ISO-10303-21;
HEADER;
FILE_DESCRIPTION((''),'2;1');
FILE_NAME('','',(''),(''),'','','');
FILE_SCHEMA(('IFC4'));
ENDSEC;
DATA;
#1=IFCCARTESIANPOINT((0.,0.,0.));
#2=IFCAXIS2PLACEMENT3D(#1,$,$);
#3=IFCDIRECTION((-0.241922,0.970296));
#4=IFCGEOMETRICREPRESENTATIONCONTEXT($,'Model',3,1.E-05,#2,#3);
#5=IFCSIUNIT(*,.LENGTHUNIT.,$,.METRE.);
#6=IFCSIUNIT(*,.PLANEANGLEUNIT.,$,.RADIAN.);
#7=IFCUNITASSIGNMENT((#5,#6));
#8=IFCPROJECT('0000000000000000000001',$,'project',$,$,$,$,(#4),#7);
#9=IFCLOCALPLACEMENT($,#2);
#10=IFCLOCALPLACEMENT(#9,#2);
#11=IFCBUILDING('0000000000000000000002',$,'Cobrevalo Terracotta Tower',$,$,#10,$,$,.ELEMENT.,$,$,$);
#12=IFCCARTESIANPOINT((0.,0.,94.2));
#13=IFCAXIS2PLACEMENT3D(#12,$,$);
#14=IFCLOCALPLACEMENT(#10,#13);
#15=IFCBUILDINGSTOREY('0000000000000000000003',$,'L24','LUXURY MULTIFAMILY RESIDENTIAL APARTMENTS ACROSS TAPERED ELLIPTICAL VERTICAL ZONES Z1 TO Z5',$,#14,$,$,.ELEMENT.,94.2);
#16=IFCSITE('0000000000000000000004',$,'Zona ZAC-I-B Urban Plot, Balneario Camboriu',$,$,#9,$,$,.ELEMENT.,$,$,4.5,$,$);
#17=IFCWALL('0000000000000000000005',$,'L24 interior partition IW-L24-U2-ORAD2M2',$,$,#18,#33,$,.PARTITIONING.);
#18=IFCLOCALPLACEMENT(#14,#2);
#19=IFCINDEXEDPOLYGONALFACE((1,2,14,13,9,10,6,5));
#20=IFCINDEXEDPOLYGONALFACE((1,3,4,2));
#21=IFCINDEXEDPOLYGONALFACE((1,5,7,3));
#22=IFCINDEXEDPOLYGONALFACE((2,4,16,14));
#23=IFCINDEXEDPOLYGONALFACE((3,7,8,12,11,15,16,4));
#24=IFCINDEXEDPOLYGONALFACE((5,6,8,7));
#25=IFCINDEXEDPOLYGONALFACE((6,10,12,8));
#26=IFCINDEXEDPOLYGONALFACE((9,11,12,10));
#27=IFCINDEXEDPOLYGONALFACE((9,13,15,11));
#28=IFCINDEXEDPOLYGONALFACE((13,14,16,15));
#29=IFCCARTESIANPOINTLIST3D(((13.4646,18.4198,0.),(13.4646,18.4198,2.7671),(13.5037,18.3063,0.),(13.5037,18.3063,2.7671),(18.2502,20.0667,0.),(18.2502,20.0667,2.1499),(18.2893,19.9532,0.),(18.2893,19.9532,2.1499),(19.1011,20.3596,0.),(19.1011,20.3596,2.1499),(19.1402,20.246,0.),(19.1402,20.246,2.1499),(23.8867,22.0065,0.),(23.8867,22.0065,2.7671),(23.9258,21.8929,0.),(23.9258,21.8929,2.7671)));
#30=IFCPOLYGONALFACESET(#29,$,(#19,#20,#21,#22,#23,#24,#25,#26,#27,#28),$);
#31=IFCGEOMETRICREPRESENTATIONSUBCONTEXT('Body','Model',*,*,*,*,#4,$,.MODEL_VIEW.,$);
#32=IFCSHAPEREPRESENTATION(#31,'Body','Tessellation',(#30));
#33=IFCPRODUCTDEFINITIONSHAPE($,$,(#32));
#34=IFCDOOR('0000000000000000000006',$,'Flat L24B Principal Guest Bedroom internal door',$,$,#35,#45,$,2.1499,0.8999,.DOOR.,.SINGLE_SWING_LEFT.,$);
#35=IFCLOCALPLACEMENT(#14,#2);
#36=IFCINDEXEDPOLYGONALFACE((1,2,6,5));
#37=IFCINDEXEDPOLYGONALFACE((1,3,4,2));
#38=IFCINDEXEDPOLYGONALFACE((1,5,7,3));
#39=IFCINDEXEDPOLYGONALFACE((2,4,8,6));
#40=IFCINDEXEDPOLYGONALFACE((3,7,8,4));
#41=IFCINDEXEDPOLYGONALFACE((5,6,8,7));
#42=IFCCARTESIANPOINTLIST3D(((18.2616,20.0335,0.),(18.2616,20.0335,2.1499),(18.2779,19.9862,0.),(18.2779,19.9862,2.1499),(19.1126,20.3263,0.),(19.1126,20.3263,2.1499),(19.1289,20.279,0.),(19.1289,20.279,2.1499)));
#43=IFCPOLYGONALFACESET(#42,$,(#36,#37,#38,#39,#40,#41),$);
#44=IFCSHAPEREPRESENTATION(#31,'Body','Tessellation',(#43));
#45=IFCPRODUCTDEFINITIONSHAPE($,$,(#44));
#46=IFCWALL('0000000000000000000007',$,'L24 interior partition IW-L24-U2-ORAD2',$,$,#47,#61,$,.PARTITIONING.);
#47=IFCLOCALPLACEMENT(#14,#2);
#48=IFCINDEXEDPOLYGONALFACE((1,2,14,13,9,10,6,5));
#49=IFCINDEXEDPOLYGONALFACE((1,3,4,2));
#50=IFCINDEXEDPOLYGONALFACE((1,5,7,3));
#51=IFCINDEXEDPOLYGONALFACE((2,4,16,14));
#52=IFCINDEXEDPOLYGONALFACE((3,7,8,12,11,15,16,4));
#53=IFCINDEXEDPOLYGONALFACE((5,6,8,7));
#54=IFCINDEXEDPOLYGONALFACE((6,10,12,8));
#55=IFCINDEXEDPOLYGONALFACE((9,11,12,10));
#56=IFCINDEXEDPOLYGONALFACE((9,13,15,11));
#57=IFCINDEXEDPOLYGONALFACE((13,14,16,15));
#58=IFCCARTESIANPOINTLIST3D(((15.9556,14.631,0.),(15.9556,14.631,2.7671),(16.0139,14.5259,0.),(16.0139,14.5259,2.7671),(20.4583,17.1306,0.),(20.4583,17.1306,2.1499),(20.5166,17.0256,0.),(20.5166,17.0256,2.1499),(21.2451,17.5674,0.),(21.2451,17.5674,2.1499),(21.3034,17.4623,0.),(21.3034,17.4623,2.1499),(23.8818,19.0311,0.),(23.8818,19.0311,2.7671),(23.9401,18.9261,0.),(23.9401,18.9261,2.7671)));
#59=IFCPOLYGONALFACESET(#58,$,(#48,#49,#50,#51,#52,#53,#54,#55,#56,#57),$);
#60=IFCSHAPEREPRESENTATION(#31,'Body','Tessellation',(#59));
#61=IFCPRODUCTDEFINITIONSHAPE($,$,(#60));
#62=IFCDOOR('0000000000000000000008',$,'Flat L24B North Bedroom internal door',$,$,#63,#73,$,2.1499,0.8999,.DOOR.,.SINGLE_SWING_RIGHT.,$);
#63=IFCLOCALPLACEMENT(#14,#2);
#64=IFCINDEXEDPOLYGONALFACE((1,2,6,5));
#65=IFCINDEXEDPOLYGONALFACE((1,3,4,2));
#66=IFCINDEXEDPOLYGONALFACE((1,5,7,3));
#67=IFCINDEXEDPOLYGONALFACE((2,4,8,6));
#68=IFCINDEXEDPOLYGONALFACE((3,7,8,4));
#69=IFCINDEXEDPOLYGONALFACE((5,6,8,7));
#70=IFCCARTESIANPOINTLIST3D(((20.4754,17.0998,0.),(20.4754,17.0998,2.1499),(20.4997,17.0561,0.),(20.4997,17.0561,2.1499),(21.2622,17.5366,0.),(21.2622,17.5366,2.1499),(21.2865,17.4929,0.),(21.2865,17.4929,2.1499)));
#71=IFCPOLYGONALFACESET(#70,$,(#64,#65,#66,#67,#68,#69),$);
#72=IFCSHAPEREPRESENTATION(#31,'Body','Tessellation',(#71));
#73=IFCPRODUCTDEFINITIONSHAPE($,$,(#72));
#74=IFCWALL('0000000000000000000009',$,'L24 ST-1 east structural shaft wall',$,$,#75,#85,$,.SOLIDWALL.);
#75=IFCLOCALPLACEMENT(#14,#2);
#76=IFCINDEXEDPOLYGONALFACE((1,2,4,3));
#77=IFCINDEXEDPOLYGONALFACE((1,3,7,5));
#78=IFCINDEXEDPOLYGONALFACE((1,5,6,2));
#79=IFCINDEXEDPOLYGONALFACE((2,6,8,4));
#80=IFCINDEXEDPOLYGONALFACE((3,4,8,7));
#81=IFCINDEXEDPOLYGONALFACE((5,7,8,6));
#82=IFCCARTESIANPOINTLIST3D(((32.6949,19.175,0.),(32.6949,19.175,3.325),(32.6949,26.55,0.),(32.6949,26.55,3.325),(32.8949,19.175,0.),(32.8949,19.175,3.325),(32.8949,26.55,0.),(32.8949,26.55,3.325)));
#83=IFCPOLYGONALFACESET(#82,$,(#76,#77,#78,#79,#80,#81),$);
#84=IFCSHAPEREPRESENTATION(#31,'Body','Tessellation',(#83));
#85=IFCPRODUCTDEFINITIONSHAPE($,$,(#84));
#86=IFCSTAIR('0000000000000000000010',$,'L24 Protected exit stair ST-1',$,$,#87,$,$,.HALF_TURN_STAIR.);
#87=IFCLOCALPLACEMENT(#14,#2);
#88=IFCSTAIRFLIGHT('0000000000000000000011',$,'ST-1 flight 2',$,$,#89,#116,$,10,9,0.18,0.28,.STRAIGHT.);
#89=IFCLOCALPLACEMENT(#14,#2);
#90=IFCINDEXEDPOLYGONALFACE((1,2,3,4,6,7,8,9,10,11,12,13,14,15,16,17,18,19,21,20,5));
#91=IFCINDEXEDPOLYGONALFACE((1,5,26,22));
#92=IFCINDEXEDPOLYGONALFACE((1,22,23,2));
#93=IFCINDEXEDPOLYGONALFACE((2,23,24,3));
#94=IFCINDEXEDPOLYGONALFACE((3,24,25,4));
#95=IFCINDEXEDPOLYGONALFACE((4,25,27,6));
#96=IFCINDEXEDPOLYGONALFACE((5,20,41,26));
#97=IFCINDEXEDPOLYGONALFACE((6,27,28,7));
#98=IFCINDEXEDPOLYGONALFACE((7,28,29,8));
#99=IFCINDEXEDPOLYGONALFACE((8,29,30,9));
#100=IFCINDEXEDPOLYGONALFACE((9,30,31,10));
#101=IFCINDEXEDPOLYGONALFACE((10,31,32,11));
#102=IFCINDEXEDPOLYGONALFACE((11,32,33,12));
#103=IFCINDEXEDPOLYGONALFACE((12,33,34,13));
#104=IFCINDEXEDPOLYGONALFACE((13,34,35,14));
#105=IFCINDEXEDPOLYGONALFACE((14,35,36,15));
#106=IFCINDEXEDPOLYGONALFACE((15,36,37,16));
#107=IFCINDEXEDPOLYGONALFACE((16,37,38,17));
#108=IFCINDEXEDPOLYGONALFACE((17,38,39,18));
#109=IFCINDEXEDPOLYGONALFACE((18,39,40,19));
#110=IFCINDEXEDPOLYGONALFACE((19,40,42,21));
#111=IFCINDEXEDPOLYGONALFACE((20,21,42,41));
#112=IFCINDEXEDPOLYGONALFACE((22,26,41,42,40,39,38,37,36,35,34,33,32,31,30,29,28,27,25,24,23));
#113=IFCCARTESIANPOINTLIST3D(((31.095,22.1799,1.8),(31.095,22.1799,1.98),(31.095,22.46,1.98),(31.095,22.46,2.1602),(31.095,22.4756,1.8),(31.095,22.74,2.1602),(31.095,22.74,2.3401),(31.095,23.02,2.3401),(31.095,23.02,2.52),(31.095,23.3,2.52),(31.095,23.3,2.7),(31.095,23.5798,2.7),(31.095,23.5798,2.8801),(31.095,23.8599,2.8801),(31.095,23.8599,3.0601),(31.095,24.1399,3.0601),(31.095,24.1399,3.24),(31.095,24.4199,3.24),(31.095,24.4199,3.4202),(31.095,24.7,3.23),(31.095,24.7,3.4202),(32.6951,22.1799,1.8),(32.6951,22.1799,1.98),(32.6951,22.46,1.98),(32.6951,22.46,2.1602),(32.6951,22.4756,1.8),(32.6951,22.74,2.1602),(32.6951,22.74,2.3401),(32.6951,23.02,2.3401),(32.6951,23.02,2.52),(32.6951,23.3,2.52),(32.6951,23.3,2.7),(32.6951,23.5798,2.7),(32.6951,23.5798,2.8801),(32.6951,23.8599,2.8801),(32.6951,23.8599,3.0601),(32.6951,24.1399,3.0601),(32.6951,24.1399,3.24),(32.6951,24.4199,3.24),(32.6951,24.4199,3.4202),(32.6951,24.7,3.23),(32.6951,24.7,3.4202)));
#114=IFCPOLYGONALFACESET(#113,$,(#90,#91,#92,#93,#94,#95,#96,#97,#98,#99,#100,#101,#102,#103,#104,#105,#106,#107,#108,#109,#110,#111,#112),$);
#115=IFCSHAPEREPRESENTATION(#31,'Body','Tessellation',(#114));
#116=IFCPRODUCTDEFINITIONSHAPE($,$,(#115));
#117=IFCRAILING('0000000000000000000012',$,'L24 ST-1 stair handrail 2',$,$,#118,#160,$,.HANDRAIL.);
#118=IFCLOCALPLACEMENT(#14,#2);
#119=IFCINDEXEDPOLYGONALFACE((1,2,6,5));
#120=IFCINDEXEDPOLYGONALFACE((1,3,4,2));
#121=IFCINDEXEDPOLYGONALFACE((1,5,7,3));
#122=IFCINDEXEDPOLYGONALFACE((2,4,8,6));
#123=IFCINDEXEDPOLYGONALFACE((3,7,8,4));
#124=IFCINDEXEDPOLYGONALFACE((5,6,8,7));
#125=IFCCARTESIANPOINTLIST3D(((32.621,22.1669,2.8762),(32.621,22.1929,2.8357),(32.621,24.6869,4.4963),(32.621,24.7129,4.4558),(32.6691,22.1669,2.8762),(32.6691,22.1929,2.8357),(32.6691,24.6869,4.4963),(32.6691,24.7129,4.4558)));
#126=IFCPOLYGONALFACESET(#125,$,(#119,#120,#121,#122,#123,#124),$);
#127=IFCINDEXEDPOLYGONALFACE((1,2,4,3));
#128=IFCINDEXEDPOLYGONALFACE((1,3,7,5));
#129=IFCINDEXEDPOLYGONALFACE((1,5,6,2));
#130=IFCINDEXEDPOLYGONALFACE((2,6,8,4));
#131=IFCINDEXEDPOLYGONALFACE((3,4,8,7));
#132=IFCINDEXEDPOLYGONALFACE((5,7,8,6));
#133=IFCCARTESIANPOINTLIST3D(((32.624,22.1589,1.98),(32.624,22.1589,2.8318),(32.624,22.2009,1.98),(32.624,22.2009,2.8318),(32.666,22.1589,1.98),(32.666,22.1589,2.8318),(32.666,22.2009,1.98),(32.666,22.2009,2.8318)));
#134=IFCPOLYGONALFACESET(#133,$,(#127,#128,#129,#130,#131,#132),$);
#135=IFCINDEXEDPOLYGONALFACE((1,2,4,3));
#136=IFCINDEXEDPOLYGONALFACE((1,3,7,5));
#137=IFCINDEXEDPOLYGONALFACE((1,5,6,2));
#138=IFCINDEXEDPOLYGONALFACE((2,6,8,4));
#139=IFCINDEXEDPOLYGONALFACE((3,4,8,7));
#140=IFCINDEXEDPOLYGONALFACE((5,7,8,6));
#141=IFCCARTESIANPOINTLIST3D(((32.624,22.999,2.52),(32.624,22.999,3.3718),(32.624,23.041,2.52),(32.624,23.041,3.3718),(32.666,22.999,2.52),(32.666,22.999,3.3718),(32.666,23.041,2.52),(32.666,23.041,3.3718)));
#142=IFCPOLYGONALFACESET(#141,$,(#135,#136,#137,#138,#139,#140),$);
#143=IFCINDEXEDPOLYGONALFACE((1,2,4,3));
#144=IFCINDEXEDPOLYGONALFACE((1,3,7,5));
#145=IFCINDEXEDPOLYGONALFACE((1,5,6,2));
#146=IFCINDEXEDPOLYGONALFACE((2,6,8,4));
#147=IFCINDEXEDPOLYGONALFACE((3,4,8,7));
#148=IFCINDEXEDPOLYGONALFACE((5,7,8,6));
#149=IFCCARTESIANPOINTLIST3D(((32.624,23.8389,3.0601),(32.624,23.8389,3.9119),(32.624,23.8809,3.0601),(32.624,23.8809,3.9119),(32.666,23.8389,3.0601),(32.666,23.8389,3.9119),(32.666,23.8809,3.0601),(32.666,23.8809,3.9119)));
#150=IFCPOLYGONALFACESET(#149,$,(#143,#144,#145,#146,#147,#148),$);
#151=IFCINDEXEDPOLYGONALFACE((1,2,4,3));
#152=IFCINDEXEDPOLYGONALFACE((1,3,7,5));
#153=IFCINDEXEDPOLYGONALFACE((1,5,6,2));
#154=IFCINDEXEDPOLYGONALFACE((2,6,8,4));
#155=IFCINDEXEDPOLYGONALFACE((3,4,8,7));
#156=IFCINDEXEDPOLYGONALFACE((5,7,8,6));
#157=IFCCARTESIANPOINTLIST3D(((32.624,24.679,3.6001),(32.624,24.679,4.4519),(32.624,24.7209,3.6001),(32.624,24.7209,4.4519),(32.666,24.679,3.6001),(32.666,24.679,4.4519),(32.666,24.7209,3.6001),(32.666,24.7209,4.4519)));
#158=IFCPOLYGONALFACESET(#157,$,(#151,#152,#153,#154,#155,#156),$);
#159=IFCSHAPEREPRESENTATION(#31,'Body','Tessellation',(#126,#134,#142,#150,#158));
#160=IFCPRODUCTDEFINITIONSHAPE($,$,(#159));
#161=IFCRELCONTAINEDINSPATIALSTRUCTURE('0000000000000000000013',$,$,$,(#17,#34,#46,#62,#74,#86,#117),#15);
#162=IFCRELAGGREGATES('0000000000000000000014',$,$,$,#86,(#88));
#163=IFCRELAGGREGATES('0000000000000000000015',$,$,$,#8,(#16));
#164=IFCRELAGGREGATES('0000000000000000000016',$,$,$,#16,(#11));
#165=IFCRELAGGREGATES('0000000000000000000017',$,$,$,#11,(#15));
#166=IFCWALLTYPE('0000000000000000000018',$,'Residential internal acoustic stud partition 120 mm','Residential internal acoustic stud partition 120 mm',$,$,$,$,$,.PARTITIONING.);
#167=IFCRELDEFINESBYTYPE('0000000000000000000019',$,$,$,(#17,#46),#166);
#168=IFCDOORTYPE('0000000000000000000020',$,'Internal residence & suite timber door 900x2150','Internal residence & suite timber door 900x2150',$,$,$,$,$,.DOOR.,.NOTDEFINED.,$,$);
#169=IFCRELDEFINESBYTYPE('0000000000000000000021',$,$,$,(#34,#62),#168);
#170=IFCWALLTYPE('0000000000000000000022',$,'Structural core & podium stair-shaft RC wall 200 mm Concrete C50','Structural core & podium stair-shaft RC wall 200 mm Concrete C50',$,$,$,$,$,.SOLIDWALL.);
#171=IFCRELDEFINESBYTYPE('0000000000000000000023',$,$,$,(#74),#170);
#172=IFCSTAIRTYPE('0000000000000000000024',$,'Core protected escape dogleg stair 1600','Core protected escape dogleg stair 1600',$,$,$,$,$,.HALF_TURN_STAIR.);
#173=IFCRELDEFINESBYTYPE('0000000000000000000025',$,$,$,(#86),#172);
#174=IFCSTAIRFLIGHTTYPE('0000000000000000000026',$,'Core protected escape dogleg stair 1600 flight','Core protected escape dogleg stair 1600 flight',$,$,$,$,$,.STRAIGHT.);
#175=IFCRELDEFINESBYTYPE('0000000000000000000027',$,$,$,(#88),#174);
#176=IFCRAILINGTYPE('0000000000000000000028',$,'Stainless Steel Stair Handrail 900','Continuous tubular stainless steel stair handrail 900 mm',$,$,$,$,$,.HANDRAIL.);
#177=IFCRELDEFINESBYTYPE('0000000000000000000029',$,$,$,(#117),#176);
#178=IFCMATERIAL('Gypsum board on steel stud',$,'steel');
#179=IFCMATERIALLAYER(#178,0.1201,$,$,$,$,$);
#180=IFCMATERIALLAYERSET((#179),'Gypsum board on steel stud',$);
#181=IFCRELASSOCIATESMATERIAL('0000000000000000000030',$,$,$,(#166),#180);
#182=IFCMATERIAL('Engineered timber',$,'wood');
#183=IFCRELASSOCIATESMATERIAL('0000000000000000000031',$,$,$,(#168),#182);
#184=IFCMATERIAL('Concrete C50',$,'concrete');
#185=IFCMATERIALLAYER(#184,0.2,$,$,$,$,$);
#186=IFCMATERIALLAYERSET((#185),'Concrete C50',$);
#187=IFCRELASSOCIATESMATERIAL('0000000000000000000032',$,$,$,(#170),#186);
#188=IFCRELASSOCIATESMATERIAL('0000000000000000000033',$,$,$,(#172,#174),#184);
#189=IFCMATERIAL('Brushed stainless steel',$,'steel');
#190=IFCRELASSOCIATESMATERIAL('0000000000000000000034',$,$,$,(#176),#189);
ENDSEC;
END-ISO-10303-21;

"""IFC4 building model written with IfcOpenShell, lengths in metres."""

from ifc_helpers import new_model, si_unit, direction, frame, frame_2d, origin, origin_2d, place, context, subcontext, project, spatial, polyline, rectangle, outline, extrude, source, transform, mapped, material, layer, layer_set, type_object, element, fill, aggregate, save


model = new_model("IFC4")

# Units and contexts
model_context = context("Model", 3, precision=1e-05, world=origin(), true_north=direction((-0.241922, 0.970296)))
body_context = subcontext(model_context, "Body", "Model", "MODEL_VIEW")
ifc_project = project(units=[si_unit("LENGTHUNIT", "METRE"), si_unit("PLANEANGLEUNIT", "RADIAN")], contexts=[model_context])

# Site, building, storey
site_placement = place(None, origin())
site = spatial("IfcSite", under=ifc_project, at=site_placement, Name="Zona ZAC-I-B Urban Plot, Balneario Camboriu", CompositionType="ELEMENT", RefElevation=4.5)
building_placement = place(site_placement, origin())
building = spatial("IfcBuilding", under=site, at=building_placement, Name="Cobrevalo Terracotta Tower", CompositionType="ELEMENT")
storey_placement = place(building_placement, frame((0.0, 0.0, 94.2)))
storey = spatial("IfcBuildingStorey", under=building, at=storey_placement, Name="L24", Description="LUXURY MULTIFAMILY RESIDENTIAL APARTMENTS ACROSS TAPERED ELLIPTICAL VERTICAL ZONES Z1 TO Z5", CompositionType="ELEMENT", Elevation=94.2)

# Shared definitions
ifc_material_1 = material(Name="Gypsum board on steel stud", Category="steel")

# Walls, openings, doors
ifc_layer_1 = layer(ifc_material_1, 0.1201)
ifc_layer_set_1 = layer_set([ifc_layer_1], Name="Gypsum board on steel stud")
wall_type_1 = type_object("IfcWallType", Name="Residential internal acoustic stud partition 120 mm", Description="Residential internal acoustic stud partition 120 mm", PredefinedType="PARTITIONING", material=ifc_layer_set_1)
wall_1_placement = place(storey_placement, frame((23.9062, 21.9497, 0.0), z_axis=(0.0, 0.0, 1.0), x_axis=(-0.945573, -0.32541, 0.0)))
wall_1 = element("IfcWall", 1, at=wall_1_placement, inside=storey, type_object=wall_type_1, Name="L24 interior partition IW-L24-U2-ORAD2M2", PredefinedType="PARTITIONING", context=body_context, shape_type="SweptSolid", body=[
    extrude(rectangle(XDim=11.022, YDim=0.1201, at=frame_2d((5.511, 0.0))), origin(), (0.0, 0.0, 1.0), 2.7671),
])
opening_1_placement = place(wall_1_placement, frame((5.061, 0.0, 0.0)))
opening_1 = element("IfcOpeningElement", 2, at=opening_1_placement, cuts=wall_1, PredefinedType="OPENING", context=body_context, shape_type="SweptSolid", body=[
    extrude(rectangle(XDim=0.8999, YDim=2.1499, at=frame_2d((0.45, 1.075))), frame((0.0, 0.0701, 0.0), z_axis=(0.0, -1.0, 0.0), x_axis=(1.0, 0.0, 0.0)), (0.0, 0.0, 1.0), 0.1401),
])
ifc_material_2 = material(Name="Engineered timber", Category="wood")
door_type_1 = type_object("IfcDoorType", Name="Internal residence & suite timber door 900x2150", Description="Internal residence & suite timber door 900x2150", OperationType="NOTDEFINED", PredefinedType="DOOR", material=ifc_material_2)
shared_shape_1 = source(origin(), body_context, "Body", "SweptSolid", [
    extrude(rectangle(XDim=0.8999, YDim=2.1499, at=frame_2d((0.45, 1.075))), frame((0.0, 0.0249, 0.0), z_axis=(0.0, -1.0, 0.0), x_axis=(1.0, 0.0, 0.0)), (0.0, 0.0, 1.0), 0.05),
])
door_1_placement = place(opening_1_placement, frame((0.8999, 0.0, 0.0), z_axis=(0.0, 0.0, 1.0), x_axis=(-1.0, 0.0, 0.0)))
door_1 = element("IfcDoor", 3, at=door_1_placement, inside=storey, type_object=door_type_1, Name="Flat L24B Principal Guest Bedroom internal door", OperationType="SINGLE_SWING_LEFT", OverallHeight=2.1499, OverallWidth=0.8999, PredefinedType="DOOR", context=body_context, shape_type="MappedRepresentation", body=[
    mapped(shared_shape_1, transform((0.0, 0.0, 0.0), scale=1.0)),
])
fill(opening_1, door_1)
wall_2_placement = place(storey_placement, frame((23.9109, 18.9785, 0.0), z_axis=(0.0, 0.0, 1.0), x_axis=(-0.874313, -0.485362, 0.0)))
wall_2 = element("IfcWall", 4, at=wall_2_placement, inside=storey, type_object=wall_type_1, Name="L24 interior partition IW-L24-U2-ORAD2", PredefinedType="PARTITIONING", context=body_context, shape_type="SweptSolid", body=[
    extrude(rectangle(XDim=9.0657, YDim=0.1201, at=frame_2d((4.5327, 0.0))), origin(), (0.0, 0.0, 1.0), 2.7671),
])
opening_2_placement = place(wall_2_placement, frame((3.0156, 0.0, 0.0)))
opening_2 = element("IfcOpeningElement", 5, at=opening_2_placement, cuts=wall_2, PredefinedType="OPENING", context=body_context, shape_type="SweptSolid", body=[
    extrude(rectangle(XDim=0.8999, YDim=2.1499, at=frame_2d((0.45, 1.075))), frame((0.0, 0.0701, 0.0), z_axis=(0.0, -1.0, 0.0), x_axis=(1.0, 0.0, 0.0)), (0.0, 0.0, 1.0), 0.1401),
])
door_2_placement = place(opening_2_placement, frame((0.8999, 0.0, 0.0), z_axis=(0.0, 0.0, 1.0), x_axis=(-1.0, 0.0, 0.0)))
door_2 = element("IfcDoor", 6, at=door_2_placement, inside=storey, type_object=door_type_1, Name="Flat L24B North Bedroom internal door", OperationType="SINGLE_SWING_RIGHT", OverallHeight=2.1499, OverallWidth=0.8999, PredefinedType="DOOR", context=body_context, shape_type="MappedRepresentation", body=[
    mapped(shared_shape_1, transform((0.0, 0.0, 0.0), scale=1.0)),
])
fill(opening_2, door_2)

# Wall
ifc_material_3 = material(Name="Concrete C50", Category="concrete")
ifc_layer_2 = layer(ifc_material_3, 0.2)
ifc_layer_set_2 = layer_set([ifc_layer_2], Name="Concrete C50")
wall_type_2 = type_object("IfcWallType", Name="Structural core & podium stair-shaft RC wall 200 mm Concrete C50", Description="Structural core & podium stair-shaft RC wall 200 mm Concrete C50", PredefinedType="SOLIDWALL", material=ifc_layer_set_2)
wall_3_placement = place(storey_placement, frame((32.7949, 19.175, 0.0), z_axis=(0.0, 0.0, 1.0), x_axis=(0.0, 1.0, 0.0)))
element("IfcWall", 7, at=wall_3_placement, inside=storey, type_object=wall_type_2, Name="L24 ST-1 east structural shaft wall", PredefinedType="SOLIDWALL", context=body_context, shape_type="SweptSolid", body=[
    extrude(rectangle(XDim=7.375, YDim=0.2, at=frame_2d((3.6875, 0.0))), origin(), (0.0, 0.0, 1.0), 3.325),
])

# Stair, stair flight
stair_type = type_object("IfcStairType", Name="Core protected escape dogleg stair 1600", Description="Core protected escape dogleg stair 1600", PredefinedType="HALF_TURN_STAIR", material=ifc_material_3)
stair_placement = place(storey_placement, origin())
stair = element("IfcStair", 8, at=stair_placement, inside=storey, type_object=stair_type, Name="L24 Protected exit stair ST-1", PredefinedType="HALF_TURN_STAIR")
stair_flight_type = type_object("IfcStairFlightType", Name="Core protected escape dogleg stair 1600 flight", Description="Core protected escape dogleg stair 1600 flight", PredefinedType="STRAIGHT", material=ifc_material_3)
stair_flight_placement = place(storey_placement, frame((31.895, 22.1799, 1.8), z_axis=(0.0, 0.0, 1.0), x_axis=(0.0, 1.0, 0.0)))
stair_flight = element("IfcStairFlight", 9, at=stair_flight_placement, type_object=stair_flight_type, Name="ST-1 flight 2", NumberOfRisers=10, NumberOfTreads=9, PredefinedType="STRAIGHT", RiserHeight=0.18, TreadLength=0.28, context=body_context, shape_type="SweptSolid", body=[
    extrude(outline(polyline([(0.0, 0.0), (0.0, 0.1799), (0.28, 0.1799), (0.28, 0.3601), (0.5601, 0.3601), (0.5601, 0.54), (0.8401, 0.54), (0.8401, 0.72), (1.1201, 0.72), (1.1201, 0.8999), (1.3999, 0.8999), (1.3999, 1.0801), (1.6799, 1.0801), (1.6799, 1.26), (1.96, 1.26), (1.96, 1.4399), (2.24, 1.4399), (2.24, 1.6201), (2.52, 1.6201), (2.52, 1.8), (2.52, 1.4299), (0.2957, 0.0), (0.0, 0.0)])), frame((0.0, 0.8, 0.0), z_axis=(0.0, -1.0, 0.0), x_axis=(1.0, 0.0, 0.0)), (0.0, 0.0, 1.0), 1.6001),
])
aggregate(stair, [stair_flight])

# Railing
ifc_material_4 = material(Name="Brushed stainless steel", Category="steel")
railing_type_1 = type_object("IfcRailingType", Name="Stainless Steel Stair Handrail 900", Description="Continuous tubular stainless steel stair handrail 900 mm", PredefinedType="HANDRAIL", material=ifc_material_4)
railing_1_placement = place(storey_placement, frame((32.645, 22.1799, 1.98)))
element("IfcRailing", 10, at=railing_1_placement, inside=storey, type_object=railing_type_1, Name="L24 ST-1 stair handrail 2", PredefinedType="HANDRAIL", context=body_context, shape_type="SweptSolid", body=[
    extrude(rectangle(XDim=0.0481, YDim=0.0481, at=origin_2d()), frame((0.0, 0.0, 0.876), z_axis=(0.0, 0.841163, 0.540782), x_axis=(-1.0, 0.0, 0.0)), (0.0, 0.0, 1.0), 2.9958),
    extrude(rectangle(XDim=0.042, YDim=0.042, at=origin_2d()), origin(), (0.0, 0.0, 1.0), 0.8518),
    extrude(rectangle(XDim=0.042, YDim=0.042, at=origin_2d()), frame((0.0, 0.8401, 0.54)), (0.0, 0.0, 1.0), 0.8518),
    extrude(rectangle(XDim=0.042, YDim=0.042, at=origin_2d()), frame((0.0, 1.6799, 1.0801)), (0.0, 0.0, 1.0), 0.8518),
    extrude(rectangle(XDim=0.042, YDim=0.042, at=origin_2d()), frame((0.0, 2.52, 1.6201)), (0.0, 0.0, 1.0), 0.8518),
])

save(model, "model.ifc")
